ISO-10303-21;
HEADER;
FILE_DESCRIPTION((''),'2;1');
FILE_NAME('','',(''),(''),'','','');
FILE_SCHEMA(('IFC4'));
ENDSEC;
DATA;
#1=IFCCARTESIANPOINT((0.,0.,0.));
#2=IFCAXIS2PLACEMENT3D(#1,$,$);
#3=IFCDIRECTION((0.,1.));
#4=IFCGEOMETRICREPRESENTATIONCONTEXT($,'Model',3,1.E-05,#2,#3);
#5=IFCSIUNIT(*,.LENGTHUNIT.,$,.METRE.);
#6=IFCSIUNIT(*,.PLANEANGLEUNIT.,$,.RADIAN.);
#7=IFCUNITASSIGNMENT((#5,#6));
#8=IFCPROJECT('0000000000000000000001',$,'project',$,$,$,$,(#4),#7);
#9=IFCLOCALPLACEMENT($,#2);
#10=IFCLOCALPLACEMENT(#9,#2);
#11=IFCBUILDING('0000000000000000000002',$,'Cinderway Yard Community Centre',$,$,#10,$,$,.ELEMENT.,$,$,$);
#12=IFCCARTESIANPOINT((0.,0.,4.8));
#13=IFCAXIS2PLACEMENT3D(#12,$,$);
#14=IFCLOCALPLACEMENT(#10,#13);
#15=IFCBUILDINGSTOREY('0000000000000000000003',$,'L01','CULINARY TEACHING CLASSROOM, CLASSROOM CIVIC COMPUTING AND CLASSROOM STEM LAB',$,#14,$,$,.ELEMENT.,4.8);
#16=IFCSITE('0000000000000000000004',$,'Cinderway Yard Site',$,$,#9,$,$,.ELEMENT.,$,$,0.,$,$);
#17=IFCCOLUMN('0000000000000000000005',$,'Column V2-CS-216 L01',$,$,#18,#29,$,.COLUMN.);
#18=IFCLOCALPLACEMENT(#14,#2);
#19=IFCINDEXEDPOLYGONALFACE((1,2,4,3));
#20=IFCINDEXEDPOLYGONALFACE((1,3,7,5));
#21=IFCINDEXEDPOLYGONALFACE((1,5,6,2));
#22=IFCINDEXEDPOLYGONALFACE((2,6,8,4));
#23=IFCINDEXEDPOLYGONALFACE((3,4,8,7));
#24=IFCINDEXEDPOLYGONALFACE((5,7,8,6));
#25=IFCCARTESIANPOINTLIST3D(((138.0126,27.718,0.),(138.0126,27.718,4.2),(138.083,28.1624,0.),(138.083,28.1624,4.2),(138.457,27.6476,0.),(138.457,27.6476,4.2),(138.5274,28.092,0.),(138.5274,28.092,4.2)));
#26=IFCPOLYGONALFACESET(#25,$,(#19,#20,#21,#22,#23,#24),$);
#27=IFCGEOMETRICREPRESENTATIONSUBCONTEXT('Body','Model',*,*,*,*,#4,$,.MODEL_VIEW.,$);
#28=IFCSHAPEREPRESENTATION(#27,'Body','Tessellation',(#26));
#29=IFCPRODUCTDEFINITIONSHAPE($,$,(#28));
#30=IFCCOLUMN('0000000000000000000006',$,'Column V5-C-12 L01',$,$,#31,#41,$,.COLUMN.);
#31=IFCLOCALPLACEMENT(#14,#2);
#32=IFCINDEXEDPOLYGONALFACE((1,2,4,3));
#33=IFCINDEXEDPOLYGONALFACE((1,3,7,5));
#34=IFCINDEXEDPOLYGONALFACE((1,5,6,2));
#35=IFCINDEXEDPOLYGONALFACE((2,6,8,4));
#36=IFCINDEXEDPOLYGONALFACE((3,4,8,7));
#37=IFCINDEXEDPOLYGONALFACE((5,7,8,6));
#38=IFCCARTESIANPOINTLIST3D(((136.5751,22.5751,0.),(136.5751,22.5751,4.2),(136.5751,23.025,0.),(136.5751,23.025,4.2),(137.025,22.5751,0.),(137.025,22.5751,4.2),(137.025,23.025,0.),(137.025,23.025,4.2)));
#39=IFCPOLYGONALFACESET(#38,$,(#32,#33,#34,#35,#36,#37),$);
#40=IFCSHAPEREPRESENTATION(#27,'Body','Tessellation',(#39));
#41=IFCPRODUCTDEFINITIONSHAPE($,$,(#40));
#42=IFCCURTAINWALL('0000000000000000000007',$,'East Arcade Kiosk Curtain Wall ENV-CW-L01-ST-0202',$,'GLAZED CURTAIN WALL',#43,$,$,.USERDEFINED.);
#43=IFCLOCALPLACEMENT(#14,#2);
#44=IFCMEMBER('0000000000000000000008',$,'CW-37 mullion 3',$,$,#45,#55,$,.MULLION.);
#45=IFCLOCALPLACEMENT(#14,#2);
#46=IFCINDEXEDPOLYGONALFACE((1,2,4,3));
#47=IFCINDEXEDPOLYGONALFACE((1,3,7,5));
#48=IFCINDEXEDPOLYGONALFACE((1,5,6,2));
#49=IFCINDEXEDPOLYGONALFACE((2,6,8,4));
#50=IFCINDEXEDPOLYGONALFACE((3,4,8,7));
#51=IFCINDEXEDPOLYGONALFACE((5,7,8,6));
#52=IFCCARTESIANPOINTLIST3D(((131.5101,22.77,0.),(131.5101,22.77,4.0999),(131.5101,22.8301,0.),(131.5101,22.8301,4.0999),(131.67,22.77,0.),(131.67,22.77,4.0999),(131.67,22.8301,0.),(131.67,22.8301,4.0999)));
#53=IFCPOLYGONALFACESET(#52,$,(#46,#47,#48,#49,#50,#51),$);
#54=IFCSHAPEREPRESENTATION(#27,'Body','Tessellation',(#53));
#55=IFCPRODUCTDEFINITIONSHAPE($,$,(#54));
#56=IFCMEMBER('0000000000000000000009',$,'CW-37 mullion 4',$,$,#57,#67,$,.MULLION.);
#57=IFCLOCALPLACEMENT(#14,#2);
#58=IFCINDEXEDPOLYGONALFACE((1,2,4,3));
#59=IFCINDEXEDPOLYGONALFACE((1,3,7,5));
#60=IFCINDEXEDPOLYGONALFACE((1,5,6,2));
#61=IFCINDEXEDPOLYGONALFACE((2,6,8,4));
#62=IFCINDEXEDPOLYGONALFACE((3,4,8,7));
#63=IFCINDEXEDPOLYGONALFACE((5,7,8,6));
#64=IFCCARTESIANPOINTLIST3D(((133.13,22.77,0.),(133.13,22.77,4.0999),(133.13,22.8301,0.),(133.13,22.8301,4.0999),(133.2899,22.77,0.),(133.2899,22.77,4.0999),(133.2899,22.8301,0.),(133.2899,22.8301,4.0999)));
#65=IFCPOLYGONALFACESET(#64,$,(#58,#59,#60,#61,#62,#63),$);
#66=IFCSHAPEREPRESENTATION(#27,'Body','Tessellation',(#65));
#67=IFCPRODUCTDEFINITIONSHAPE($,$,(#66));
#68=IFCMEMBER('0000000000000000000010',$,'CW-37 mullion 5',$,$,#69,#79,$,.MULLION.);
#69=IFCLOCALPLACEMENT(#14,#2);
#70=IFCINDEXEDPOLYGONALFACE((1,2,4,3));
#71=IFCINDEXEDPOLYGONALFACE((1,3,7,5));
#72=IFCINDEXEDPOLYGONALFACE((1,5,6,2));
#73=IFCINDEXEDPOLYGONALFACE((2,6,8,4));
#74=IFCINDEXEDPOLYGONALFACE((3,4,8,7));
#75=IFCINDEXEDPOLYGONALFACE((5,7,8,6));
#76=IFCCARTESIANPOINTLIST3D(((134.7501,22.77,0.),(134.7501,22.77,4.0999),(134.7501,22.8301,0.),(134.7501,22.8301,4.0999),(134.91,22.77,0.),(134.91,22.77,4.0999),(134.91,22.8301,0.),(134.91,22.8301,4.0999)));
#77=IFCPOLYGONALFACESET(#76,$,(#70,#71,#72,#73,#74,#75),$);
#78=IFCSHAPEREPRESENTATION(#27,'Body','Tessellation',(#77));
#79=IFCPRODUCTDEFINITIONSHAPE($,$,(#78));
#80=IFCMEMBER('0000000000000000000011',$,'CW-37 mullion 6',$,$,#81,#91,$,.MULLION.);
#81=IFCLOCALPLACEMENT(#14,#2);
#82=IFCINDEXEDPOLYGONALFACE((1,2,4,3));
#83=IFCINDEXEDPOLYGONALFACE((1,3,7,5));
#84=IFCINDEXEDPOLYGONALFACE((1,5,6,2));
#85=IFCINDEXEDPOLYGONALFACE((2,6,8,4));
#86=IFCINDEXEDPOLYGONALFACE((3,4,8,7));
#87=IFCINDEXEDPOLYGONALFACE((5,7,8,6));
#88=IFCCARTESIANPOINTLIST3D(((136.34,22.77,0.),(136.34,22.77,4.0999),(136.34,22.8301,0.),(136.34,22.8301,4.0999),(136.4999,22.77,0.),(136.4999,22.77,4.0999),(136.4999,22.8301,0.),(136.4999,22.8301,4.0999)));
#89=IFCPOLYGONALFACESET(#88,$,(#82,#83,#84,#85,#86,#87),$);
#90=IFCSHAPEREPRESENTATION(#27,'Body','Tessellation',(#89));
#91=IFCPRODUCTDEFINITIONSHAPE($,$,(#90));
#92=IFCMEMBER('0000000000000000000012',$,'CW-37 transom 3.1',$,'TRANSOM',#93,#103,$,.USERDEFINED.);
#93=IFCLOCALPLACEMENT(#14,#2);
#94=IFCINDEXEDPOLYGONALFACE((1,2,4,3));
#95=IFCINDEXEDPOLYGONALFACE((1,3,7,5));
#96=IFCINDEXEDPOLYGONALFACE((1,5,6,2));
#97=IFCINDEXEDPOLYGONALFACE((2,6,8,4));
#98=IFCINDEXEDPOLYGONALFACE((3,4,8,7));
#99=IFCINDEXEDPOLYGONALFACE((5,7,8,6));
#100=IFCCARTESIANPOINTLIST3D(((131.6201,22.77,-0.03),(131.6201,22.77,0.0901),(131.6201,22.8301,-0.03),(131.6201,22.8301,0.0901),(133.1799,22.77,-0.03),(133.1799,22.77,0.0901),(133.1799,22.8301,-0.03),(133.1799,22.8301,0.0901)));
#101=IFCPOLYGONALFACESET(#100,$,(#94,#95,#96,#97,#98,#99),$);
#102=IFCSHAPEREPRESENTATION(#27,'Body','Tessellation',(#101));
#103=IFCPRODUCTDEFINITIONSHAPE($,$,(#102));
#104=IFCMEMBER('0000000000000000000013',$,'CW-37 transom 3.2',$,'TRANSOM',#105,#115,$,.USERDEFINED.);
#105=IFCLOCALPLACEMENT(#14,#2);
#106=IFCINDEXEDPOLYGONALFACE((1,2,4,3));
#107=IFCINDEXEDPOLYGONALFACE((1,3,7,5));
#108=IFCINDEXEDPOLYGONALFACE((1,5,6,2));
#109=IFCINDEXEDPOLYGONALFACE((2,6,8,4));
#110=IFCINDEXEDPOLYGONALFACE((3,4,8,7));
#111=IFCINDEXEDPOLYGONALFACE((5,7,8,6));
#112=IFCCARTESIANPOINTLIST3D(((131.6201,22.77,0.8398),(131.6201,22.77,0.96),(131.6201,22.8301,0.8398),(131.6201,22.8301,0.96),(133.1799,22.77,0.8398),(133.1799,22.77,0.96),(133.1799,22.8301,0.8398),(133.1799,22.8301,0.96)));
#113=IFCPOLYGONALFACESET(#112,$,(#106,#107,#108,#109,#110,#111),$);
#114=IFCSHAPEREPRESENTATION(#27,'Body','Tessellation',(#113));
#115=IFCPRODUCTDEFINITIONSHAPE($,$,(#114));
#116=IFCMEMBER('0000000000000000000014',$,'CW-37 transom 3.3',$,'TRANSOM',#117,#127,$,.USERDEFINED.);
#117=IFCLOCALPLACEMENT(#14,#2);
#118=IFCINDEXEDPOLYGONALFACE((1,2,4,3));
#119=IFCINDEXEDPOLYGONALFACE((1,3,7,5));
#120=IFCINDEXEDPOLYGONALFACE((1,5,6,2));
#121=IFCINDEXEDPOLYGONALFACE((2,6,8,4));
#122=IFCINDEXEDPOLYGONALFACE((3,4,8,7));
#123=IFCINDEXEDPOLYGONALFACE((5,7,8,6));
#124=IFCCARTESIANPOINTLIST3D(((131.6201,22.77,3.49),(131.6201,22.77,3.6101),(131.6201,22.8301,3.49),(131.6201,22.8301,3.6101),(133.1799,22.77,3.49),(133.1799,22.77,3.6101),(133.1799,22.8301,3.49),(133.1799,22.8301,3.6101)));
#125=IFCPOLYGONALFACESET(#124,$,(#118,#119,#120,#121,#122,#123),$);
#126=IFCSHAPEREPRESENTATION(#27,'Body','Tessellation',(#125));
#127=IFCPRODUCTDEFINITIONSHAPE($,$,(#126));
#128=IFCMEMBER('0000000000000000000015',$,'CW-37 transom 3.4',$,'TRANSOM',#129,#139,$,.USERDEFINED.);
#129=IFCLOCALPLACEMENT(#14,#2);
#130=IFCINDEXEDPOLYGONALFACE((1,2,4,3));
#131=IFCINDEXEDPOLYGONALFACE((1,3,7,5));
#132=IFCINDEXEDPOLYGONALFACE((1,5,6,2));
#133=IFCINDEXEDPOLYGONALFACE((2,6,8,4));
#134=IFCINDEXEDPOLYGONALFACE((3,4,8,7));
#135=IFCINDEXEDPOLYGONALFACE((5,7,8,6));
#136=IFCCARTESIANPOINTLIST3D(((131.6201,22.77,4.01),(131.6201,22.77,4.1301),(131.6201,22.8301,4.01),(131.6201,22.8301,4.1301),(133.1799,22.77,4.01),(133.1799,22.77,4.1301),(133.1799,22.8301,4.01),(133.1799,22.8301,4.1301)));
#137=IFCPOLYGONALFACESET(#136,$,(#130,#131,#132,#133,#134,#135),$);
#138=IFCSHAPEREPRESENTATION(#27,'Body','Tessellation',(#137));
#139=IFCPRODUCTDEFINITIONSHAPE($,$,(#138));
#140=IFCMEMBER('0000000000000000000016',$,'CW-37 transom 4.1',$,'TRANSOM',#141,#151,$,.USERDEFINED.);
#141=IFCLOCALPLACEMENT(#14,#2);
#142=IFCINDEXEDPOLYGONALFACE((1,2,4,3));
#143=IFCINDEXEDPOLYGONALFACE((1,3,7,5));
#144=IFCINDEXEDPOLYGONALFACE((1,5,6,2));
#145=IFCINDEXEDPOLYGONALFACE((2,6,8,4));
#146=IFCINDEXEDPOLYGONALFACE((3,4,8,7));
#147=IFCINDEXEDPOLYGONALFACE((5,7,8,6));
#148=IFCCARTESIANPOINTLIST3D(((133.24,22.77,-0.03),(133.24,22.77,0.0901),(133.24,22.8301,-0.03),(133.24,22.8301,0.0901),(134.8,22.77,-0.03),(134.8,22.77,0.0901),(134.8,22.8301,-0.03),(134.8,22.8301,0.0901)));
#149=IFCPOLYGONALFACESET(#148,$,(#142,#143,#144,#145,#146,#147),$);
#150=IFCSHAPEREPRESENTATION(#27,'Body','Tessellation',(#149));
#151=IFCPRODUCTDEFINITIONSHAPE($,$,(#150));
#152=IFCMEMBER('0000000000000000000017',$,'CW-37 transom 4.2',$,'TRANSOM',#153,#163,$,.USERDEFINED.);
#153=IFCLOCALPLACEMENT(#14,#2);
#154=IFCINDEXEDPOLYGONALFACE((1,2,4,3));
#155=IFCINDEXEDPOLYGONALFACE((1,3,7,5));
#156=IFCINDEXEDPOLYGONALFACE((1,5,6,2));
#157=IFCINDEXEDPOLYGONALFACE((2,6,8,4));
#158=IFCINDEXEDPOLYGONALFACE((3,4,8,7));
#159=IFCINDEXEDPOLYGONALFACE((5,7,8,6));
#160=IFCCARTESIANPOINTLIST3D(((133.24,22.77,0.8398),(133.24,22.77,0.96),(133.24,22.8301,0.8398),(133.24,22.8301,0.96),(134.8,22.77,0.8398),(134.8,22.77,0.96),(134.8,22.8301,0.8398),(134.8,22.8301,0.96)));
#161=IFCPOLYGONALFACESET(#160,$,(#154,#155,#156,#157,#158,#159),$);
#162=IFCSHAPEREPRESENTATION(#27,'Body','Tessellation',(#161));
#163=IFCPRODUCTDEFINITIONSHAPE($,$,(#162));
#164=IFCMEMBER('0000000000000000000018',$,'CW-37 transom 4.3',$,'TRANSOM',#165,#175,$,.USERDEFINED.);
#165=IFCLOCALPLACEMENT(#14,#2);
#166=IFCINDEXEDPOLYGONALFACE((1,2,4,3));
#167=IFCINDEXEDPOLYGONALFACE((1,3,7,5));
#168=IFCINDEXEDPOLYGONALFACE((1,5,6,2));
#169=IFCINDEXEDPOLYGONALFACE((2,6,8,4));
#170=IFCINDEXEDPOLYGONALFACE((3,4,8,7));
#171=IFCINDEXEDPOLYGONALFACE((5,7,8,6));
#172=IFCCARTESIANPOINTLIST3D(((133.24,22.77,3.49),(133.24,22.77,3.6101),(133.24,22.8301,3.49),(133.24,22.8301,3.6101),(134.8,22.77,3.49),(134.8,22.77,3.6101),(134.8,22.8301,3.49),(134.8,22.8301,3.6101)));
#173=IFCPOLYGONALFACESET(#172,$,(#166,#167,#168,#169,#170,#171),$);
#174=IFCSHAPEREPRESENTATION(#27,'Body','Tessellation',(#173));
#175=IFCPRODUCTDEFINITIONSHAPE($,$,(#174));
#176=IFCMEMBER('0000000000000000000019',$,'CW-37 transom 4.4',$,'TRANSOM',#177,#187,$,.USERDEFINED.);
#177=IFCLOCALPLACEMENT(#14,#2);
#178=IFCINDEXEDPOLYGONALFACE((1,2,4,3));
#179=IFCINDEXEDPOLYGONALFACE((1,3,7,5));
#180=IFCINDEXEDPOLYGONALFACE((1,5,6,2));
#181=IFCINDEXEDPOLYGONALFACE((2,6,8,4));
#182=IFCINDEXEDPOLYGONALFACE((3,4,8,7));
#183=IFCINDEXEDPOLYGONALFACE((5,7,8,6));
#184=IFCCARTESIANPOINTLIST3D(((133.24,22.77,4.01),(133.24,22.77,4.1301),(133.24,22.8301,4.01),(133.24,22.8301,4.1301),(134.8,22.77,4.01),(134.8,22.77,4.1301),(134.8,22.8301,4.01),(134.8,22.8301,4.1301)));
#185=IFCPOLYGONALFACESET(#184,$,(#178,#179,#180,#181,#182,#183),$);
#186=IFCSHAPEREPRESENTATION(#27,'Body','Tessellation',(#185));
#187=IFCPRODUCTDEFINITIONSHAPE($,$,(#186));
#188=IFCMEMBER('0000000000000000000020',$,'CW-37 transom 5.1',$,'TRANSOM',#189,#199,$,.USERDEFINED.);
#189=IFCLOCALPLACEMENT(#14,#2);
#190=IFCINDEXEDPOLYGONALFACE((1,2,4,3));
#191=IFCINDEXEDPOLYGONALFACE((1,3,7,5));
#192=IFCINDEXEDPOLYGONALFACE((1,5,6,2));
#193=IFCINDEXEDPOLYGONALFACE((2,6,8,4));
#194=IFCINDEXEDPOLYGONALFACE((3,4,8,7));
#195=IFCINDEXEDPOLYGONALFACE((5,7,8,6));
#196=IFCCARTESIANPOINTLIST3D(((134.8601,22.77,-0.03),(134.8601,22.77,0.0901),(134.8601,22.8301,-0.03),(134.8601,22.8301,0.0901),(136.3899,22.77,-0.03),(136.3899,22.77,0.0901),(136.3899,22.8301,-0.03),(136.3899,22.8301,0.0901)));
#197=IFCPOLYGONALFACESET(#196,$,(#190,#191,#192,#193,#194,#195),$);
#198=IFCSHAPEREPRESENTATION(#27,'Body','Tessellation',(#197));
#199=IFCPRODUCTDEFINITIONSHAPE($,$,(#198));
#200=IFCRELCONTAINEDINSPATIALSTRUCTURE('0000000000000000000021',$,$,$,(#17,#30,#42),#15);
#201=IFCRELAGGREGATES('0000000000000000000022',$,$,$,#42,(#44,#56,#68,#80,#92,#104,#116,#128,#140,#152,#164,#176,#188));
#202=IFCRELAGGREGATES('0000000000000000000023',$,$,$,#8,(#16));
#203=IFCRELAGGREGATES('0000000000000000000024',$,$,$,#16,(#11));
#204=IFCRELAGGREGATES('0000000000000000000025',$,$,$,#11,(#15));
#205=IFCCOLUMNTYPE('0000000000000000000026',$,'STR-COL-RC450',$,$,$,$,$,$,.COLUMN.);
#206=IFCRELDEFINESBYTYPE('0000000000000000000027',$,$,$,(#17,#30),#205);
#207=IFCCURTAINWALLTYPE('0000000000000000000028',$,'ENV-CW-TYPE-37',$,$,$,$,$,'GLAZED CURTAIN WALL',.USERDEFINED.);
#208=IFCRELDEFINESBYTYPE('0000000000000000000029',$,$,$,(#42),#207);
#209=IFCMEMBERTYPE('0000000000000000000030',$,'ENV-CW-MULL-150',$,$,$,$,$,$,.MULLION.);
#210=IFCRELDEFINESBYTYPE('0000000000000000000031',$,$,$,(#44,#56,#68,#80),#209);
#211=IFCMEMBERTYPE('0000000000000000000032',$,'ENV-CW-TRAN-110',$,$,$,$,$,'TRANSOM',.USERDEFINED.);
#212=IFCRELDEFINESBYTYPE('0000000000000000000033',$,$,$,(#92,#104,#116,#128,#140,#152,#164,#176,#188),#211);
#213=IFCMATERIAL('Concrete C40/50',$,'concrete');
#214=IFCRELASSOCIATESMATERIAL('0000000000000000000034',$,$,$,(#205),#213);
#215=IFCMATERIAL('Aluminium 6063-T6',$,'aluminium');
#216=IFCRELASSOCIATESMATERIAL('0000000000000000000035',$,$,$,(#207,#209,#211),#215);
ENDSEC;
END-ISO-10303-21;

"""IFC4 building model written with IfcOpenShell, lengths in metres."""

from ifc_helpers import new_model, si_unit, direction, frame, origin, origin_2d, place, context, subcontext, project, spatial, rectangle, extrude, material, material_profile, profile_set, type_object, element, aggregate, save


model = new_model("IFC4")

# Units and contexts
model_context = context("Model", 3, precision=1e-05, world=origin(), true_north=direction((0.0, 1.0)))
body_context = subcontext(model_context, "Body", "Model", "MODEL_VIEW")
ifc_project = project(units=[si_unit("LENGTHUNIT", "METRE"), si_unit("PLANEANGLEUNIT", "RADIAN")], contexts=[model_context])

# Site, building, storey
site_placement = place(None, origin())
site = spatial("IfcSite", under=ifc_project, at=site_placement, Name="Cinderway Yard Site", CompositionType="ELEMENT", RefElevation=0.0)
building_placement = place(site_placement, origin())
building = spatial("IfcBuilding", under=site, at=building_placement, Name="Cinderway Yard Community Centre", CompositionType="ELEMENT")
storey_placement = place(building_placement, frame((0.0, 0.0, 4.8)))
storey = spatial("IfcBuildingStorey", under=building, at=storey_placement, Name="L01", Description="CULINARY TEACHING CLASSROOM, CLASSROOM CIVIC COMPUTING AND CLASSROOM STEM LAB", CompositionType="ELEMENT", Elevation=4.8)

# Columns
ifc_material_1 = material(Name="Concrete C40/50", Category="concrete")
ifc_material_profile_1 = material_profile(ifc_material_1, rectangle(XDim=0.45, YDim=0.45, at=origin_2d()), Name="Concrete C40/50")
ifc_profile_set_1 = profile_set([ifc_material_profile_1], Name="Concrete C40/50")
column_type = type_object("IfcColumnType", Name="STR-COL-RC450", PredefinedType="COLUMN", material=ifc_profile_set_1)
for number, where, z_axis, x_axis, name in (
    (1, (138.27, 27.905, 0.0), (0.0, 0.0, 1.0), (0.987688, -0.156434, 0.0), "Column V2-CS-216 L01"),
    (2, (136.8, 22.8, 0.0), (0.0, 0.0, 1.0), (1.0, 0.0, 0.0), "Column V5-C-12 L01"),
):
    element("IfcColumn", number, at=place(storey_placement, frame(where, z_axis=z_axis, x_axis=x_axis)), inside=storey, type_object=column_type, Name=name, PredefinedType="COLUMN", context=body_context, shape_type="SweptSolid", body=[
        extrude(rectangle(XDim=0.45, YDim=0.45, at=origin_2d()), origin(), (0.0, 0.0, 1.0), 4.2),
    ])

# Curtain wall, members
ifc_material_2 = material(Name="Aluminium 6063-T6", Category="aluminium")
curtain_wall_type = type_object("IfcCurtainWallType", Name="ENV-CW-TYPE-37", ElementType="GLAZED CURTAIN WALL", PredefinedType="USERDEFINED", material=ifc_material_2)
curtain_wall_placement = place(storey_placement, origin())
curtain_wall = element("IfcCurtainWall", 3, at=curtain_wall_placement, inside=storey, type_object=curtain_wall_type, Name="East Arcade Kiosk Curtain Wall ENV-CW-L01-ST-0202", ObjectType="GLAZED CURTAIN WALL", PredefinedType="USERDEFINED")
ifc_material_profile_2 = material_profile(ifc_material_2, rectangle(XDim=0.0601, YDim=0.1599, at=origin_2d()), Name="Aluminium 6063-T6")
ifc_profile_set_2 = profile_set([ifc_material_profile_2], Name="Aluminium 6063-T6")
member_type_1 = type_object("IfcMemberType", Name="ENV-CW-MULL-150", PredefinedType="MULLION", material=ifc_profile_set_2)
member_1_placement = place(storey_placement, frame((131.5901, 22.8, 0.0), z_axis=(0.0, 0.0, 1.0), x_axis=(0.0, 1.0, 0.0)))
member_1 = element("IfcMember", 4, at=member_1_placement, type_object=member_type_1, Name="CW-37 mullion 3", PredefinedType="MULLION", context=body_context, shape_type="SweptSolid", body=[
    extrude(rectangle(XDim=0.0601, YDim=0.1599, at=origin_2d()), origin(), (0.0, 0.0, 1.0), 4.0999),
])
member_2_placement = place(storey_placement, frame((133.21, 22.8, 0.0), z_axis=(0.0, 0.0, 1.0), x_axis=(0.0, 1.0, 0.0)))
member_2 = element("IfcMember", 5, at=member_2_placement, type_object=member_type_1, Name="CW-37 mullion 4", PredefinedType="MULLION", context=body_context, shape_type="SweptSolid", body=[
    extrude(rectangle(XDim=0.0601, YDim=0.1599, at=origin_2d()), origin(), (0.0, 0.0, 1.0), 4.0999),
])
member_3_placement = place(storey_placement, frame((134.8301, 22.8, 0.0), z_axis=(0.0, 0.0, 1.0), x_axis=(0.0, 1.0, 0.0)))
member_3 = element("IfcMember", 6, at=member_3_placement, type_object=member_type_1, Name="CW-37 mullion 5", PredefinedType="MULLION", context=body_context, shape_type="SweptSolid", body=[
    extrude(rectangle(XDim=0.0601, YDim=0.1599, at=origin_2d()), origin(), (0.0, 0.0, 1.0), 4.0999),
])
member_4_placement = place(storey_placement, frame((136.4199, 22.8, 0.0), z_axis=(0.0, 0.0, 1.0), x_axis=(0.0, 1.0, 0.0)))
member_4 = element("IfcMember", 7, at=member_4_placement, type_object=member_type_1, Name="CW-37 mullion 6", PredefinedType="MULLION", context=body_context, shape_type="SweptSolid", body=[
    extrude(rectangle(XDim=0.0601, YDim=0.1599, at=origin_2d()), origin(), (0.0, 0.0, 1.0), 4.0999),
])
ifc_material_profile_3 = material_profile(ifc_material_2, rectangle(XDim=0.0601, YDim=0.1201, at=origin_2d()), Name="Aluminium 6063-T6")
ifc_profile_set_3 = profile_set([ifc_material_profile_3], Name="Aluminium 6063-T6")
member_type_2 = type_object("IfcMemberType", Name="ENV-CW-TRAN-110", ElementType="TRANSOM", PredefinedType="USERDEFINED", material=ifc_profile_set_3)
member_5_placement = place(storey_placement, frame((131.6201, 22.8, 0.03), z_axis=(1.0, 0.0, 0.0), x_axis=(0.0, 1.0, 0.0)))
member_5 = element("IfcMember", 8, at=member_5_placement, type_object=member_type_2, Name="CW-37 transom 3.1", ObjectType="TRANSOM", PredefinedType="USERDEFINED", context=body_context, shape_type="SweptSolid", body=[
    extrude(rectangle(XDim=0.0601, YDim=0.1201, at=origin_2d()), origin(), (0.0, 0.0, 1.0), 1.5598),
])
member_6_placement = place(storey_placement, frame((131.6201, 22.8, 0.8999), z_axis=(1.0, 0.0, 0.0), x_axis=(0.0, 1.0, 0.0)))
member_6 = element("IfcMember", 9, at=member_6_placement, type_object=member_type_2, Name="CW-37 transom 3.2", ObjectType="TRANSOM", PredefinedType="USERDEFINED", context=body_context, shape_type="SweptSolid", body=[
    extrude(rectangle(XDim=0.0601, YDim=0.1201, at=origin_2d()), origin(), (0.0, 0.0, 1.0), 1.5598),
])
member_7_placement = place(storey_placement, frame((131.6201, 22.8, 3.55), z_axis=(1.0, 0.0, 0.0), x_axis=(0.0, 1.0, 0.0)))
member_7 = element("IfcMember", 10, at=member_7_placement, type_object=member_type_2, Name="CW-37 transom 3.3", ObjectType="TRANSOM", PredefinedType="USERDEFINED", context=body_context, shape_type="SweptSolid", body=[
    extrude(rectangle(XDim=0.0601, YDim=0.1201, at=origin_2d()), origin(), (0.0, 0.0, 1.0), 1.5598),
])
member_8_placement = place(storey_placement, frame((131.6201, 22.8, 4.0701), z_axis=(1.0, 0.0, 0.0), x_axis=(0.0, 1.0, 0.0)))
member_8 = element("IfcMember", 11, at=member_8_placement, type_object=member_type_2, Name="CW-37 transom 3.4", ObjectType="TRANSOM", PredefinedType="USERDEFINED", context=body_context, shape_type="SweptSolid", body=[
    extrude(rectangle(XDim=0.0601, YDim=0.1201, at=origin_2d()), origin(), (0.0, 0.0, 1.0), 1.5598),
])
member_9_placement = place(storey_placement, frame((133.24, 22.8, 0.03), z_axis=(1.0, 0.0, 0.0), x_axis=(0.0, 1.0, 0.0)))
member_9 = element("IfcMember", 12, at=member_9_placement, type_object=member_type_2, Name="CW-37 transom 4.1", ObjectType="TRANSOM", PredefinedType="USERDEFINED", context=body_context, shape_type="SweptSolid", body=[
    extrude(rectangle(XDim=0.0601, YDim=0.1201, at=origin_2d()), origin(), (0.0, 0.0, 1.0), 1.5601),
])
member_10_placement = place(storey_placement, frame((133.24, 22.8, 0.8999), z_axis=(1.0, 0.0, 0.0), x_axis=(0.0, 1.0, 0.0)))
member_10 = element("IfcMember", 13, at=member_10_placement, type_object=member_type_2, Name="CW-37 transom 4.2", ObjectType="TRANSOM", PredefinedType="USERDEFINED", context=body_context, shape_type="SweptSolid", body=[
    extrude(rectangle(XDim=0.0601, YDim=0.1201, at=origin_2d()), origin(), (0.0, 0.0, 1.0), 1.5601),
])
member_11_placement = place(storey_placement, frame((133.24, 22.8, 3.55), z_axis=(1.0, 0.0, 0.0), x_axis=(0.0, 1.0, 0.0)))
member_11 = element("IfcMember", 14, at=member_11_placement, type_object=member_type_2, Name="CW-37 transom 4.3", ObjectType="TRANSOM", PredefinedType="USERDEFINED", context=body_context, shape_type="SweptSolid", body=[
    extrude(rectangle(XDim=0.0601, YDim=0.1201, at=origin_2d()), origin(), (0.0, 0.0, 1.0), 1.5601),
])
member_12_placement = place(storey_placement, frame((133.24, 22.8, 4.0701), z_axis=(1.0, 0.0, 0.0), x_axis=(0.0, 1.0, 0.0)))
member_12 = element("IfcMember", 15, at=member_12_placement, type_object=member_type_2, Name="CW-37 transom 4.4", ObjectType="TRANSOM", PredefinedType="USERDEFINED", context=body_context, shape_type="SweptSolid", body=[
    extrude(rectangle(XDim=0.0601, YDim=0.1201, at=origin_2d()), origin(), (0.0, 0.0, 1.0), 1.5601),
])
member_13_placement = place(storey_placement, frame((134.8601, 22.8, 0.03), z_axis=(1.0, 0.0, 0.0), x_axis=(0.0, 1.0, 0.0)))
member_13 = element("IfcMember", 16, at=member_13_placement, type_object=member_type_2, Name="CW-37 transom 5.1", ObjectType="TRANSOM", PredefinedType="USERDEFINED", context=body_context, shape_type="SweptSolid", body=[
    extrude(rectangle(XDim=0.0601, YDim=0.1201, at=origin_2d()), origin(), (0.0, 0.0, 1.0), 1.5298),
])

aggregate(curtain_wall, [member_1, member_2, member_3, member_4, member_5, member_6, member_7, member_8, member_9, member_10, member_11, member_12, member_13])

save(model, "model.ifc")
